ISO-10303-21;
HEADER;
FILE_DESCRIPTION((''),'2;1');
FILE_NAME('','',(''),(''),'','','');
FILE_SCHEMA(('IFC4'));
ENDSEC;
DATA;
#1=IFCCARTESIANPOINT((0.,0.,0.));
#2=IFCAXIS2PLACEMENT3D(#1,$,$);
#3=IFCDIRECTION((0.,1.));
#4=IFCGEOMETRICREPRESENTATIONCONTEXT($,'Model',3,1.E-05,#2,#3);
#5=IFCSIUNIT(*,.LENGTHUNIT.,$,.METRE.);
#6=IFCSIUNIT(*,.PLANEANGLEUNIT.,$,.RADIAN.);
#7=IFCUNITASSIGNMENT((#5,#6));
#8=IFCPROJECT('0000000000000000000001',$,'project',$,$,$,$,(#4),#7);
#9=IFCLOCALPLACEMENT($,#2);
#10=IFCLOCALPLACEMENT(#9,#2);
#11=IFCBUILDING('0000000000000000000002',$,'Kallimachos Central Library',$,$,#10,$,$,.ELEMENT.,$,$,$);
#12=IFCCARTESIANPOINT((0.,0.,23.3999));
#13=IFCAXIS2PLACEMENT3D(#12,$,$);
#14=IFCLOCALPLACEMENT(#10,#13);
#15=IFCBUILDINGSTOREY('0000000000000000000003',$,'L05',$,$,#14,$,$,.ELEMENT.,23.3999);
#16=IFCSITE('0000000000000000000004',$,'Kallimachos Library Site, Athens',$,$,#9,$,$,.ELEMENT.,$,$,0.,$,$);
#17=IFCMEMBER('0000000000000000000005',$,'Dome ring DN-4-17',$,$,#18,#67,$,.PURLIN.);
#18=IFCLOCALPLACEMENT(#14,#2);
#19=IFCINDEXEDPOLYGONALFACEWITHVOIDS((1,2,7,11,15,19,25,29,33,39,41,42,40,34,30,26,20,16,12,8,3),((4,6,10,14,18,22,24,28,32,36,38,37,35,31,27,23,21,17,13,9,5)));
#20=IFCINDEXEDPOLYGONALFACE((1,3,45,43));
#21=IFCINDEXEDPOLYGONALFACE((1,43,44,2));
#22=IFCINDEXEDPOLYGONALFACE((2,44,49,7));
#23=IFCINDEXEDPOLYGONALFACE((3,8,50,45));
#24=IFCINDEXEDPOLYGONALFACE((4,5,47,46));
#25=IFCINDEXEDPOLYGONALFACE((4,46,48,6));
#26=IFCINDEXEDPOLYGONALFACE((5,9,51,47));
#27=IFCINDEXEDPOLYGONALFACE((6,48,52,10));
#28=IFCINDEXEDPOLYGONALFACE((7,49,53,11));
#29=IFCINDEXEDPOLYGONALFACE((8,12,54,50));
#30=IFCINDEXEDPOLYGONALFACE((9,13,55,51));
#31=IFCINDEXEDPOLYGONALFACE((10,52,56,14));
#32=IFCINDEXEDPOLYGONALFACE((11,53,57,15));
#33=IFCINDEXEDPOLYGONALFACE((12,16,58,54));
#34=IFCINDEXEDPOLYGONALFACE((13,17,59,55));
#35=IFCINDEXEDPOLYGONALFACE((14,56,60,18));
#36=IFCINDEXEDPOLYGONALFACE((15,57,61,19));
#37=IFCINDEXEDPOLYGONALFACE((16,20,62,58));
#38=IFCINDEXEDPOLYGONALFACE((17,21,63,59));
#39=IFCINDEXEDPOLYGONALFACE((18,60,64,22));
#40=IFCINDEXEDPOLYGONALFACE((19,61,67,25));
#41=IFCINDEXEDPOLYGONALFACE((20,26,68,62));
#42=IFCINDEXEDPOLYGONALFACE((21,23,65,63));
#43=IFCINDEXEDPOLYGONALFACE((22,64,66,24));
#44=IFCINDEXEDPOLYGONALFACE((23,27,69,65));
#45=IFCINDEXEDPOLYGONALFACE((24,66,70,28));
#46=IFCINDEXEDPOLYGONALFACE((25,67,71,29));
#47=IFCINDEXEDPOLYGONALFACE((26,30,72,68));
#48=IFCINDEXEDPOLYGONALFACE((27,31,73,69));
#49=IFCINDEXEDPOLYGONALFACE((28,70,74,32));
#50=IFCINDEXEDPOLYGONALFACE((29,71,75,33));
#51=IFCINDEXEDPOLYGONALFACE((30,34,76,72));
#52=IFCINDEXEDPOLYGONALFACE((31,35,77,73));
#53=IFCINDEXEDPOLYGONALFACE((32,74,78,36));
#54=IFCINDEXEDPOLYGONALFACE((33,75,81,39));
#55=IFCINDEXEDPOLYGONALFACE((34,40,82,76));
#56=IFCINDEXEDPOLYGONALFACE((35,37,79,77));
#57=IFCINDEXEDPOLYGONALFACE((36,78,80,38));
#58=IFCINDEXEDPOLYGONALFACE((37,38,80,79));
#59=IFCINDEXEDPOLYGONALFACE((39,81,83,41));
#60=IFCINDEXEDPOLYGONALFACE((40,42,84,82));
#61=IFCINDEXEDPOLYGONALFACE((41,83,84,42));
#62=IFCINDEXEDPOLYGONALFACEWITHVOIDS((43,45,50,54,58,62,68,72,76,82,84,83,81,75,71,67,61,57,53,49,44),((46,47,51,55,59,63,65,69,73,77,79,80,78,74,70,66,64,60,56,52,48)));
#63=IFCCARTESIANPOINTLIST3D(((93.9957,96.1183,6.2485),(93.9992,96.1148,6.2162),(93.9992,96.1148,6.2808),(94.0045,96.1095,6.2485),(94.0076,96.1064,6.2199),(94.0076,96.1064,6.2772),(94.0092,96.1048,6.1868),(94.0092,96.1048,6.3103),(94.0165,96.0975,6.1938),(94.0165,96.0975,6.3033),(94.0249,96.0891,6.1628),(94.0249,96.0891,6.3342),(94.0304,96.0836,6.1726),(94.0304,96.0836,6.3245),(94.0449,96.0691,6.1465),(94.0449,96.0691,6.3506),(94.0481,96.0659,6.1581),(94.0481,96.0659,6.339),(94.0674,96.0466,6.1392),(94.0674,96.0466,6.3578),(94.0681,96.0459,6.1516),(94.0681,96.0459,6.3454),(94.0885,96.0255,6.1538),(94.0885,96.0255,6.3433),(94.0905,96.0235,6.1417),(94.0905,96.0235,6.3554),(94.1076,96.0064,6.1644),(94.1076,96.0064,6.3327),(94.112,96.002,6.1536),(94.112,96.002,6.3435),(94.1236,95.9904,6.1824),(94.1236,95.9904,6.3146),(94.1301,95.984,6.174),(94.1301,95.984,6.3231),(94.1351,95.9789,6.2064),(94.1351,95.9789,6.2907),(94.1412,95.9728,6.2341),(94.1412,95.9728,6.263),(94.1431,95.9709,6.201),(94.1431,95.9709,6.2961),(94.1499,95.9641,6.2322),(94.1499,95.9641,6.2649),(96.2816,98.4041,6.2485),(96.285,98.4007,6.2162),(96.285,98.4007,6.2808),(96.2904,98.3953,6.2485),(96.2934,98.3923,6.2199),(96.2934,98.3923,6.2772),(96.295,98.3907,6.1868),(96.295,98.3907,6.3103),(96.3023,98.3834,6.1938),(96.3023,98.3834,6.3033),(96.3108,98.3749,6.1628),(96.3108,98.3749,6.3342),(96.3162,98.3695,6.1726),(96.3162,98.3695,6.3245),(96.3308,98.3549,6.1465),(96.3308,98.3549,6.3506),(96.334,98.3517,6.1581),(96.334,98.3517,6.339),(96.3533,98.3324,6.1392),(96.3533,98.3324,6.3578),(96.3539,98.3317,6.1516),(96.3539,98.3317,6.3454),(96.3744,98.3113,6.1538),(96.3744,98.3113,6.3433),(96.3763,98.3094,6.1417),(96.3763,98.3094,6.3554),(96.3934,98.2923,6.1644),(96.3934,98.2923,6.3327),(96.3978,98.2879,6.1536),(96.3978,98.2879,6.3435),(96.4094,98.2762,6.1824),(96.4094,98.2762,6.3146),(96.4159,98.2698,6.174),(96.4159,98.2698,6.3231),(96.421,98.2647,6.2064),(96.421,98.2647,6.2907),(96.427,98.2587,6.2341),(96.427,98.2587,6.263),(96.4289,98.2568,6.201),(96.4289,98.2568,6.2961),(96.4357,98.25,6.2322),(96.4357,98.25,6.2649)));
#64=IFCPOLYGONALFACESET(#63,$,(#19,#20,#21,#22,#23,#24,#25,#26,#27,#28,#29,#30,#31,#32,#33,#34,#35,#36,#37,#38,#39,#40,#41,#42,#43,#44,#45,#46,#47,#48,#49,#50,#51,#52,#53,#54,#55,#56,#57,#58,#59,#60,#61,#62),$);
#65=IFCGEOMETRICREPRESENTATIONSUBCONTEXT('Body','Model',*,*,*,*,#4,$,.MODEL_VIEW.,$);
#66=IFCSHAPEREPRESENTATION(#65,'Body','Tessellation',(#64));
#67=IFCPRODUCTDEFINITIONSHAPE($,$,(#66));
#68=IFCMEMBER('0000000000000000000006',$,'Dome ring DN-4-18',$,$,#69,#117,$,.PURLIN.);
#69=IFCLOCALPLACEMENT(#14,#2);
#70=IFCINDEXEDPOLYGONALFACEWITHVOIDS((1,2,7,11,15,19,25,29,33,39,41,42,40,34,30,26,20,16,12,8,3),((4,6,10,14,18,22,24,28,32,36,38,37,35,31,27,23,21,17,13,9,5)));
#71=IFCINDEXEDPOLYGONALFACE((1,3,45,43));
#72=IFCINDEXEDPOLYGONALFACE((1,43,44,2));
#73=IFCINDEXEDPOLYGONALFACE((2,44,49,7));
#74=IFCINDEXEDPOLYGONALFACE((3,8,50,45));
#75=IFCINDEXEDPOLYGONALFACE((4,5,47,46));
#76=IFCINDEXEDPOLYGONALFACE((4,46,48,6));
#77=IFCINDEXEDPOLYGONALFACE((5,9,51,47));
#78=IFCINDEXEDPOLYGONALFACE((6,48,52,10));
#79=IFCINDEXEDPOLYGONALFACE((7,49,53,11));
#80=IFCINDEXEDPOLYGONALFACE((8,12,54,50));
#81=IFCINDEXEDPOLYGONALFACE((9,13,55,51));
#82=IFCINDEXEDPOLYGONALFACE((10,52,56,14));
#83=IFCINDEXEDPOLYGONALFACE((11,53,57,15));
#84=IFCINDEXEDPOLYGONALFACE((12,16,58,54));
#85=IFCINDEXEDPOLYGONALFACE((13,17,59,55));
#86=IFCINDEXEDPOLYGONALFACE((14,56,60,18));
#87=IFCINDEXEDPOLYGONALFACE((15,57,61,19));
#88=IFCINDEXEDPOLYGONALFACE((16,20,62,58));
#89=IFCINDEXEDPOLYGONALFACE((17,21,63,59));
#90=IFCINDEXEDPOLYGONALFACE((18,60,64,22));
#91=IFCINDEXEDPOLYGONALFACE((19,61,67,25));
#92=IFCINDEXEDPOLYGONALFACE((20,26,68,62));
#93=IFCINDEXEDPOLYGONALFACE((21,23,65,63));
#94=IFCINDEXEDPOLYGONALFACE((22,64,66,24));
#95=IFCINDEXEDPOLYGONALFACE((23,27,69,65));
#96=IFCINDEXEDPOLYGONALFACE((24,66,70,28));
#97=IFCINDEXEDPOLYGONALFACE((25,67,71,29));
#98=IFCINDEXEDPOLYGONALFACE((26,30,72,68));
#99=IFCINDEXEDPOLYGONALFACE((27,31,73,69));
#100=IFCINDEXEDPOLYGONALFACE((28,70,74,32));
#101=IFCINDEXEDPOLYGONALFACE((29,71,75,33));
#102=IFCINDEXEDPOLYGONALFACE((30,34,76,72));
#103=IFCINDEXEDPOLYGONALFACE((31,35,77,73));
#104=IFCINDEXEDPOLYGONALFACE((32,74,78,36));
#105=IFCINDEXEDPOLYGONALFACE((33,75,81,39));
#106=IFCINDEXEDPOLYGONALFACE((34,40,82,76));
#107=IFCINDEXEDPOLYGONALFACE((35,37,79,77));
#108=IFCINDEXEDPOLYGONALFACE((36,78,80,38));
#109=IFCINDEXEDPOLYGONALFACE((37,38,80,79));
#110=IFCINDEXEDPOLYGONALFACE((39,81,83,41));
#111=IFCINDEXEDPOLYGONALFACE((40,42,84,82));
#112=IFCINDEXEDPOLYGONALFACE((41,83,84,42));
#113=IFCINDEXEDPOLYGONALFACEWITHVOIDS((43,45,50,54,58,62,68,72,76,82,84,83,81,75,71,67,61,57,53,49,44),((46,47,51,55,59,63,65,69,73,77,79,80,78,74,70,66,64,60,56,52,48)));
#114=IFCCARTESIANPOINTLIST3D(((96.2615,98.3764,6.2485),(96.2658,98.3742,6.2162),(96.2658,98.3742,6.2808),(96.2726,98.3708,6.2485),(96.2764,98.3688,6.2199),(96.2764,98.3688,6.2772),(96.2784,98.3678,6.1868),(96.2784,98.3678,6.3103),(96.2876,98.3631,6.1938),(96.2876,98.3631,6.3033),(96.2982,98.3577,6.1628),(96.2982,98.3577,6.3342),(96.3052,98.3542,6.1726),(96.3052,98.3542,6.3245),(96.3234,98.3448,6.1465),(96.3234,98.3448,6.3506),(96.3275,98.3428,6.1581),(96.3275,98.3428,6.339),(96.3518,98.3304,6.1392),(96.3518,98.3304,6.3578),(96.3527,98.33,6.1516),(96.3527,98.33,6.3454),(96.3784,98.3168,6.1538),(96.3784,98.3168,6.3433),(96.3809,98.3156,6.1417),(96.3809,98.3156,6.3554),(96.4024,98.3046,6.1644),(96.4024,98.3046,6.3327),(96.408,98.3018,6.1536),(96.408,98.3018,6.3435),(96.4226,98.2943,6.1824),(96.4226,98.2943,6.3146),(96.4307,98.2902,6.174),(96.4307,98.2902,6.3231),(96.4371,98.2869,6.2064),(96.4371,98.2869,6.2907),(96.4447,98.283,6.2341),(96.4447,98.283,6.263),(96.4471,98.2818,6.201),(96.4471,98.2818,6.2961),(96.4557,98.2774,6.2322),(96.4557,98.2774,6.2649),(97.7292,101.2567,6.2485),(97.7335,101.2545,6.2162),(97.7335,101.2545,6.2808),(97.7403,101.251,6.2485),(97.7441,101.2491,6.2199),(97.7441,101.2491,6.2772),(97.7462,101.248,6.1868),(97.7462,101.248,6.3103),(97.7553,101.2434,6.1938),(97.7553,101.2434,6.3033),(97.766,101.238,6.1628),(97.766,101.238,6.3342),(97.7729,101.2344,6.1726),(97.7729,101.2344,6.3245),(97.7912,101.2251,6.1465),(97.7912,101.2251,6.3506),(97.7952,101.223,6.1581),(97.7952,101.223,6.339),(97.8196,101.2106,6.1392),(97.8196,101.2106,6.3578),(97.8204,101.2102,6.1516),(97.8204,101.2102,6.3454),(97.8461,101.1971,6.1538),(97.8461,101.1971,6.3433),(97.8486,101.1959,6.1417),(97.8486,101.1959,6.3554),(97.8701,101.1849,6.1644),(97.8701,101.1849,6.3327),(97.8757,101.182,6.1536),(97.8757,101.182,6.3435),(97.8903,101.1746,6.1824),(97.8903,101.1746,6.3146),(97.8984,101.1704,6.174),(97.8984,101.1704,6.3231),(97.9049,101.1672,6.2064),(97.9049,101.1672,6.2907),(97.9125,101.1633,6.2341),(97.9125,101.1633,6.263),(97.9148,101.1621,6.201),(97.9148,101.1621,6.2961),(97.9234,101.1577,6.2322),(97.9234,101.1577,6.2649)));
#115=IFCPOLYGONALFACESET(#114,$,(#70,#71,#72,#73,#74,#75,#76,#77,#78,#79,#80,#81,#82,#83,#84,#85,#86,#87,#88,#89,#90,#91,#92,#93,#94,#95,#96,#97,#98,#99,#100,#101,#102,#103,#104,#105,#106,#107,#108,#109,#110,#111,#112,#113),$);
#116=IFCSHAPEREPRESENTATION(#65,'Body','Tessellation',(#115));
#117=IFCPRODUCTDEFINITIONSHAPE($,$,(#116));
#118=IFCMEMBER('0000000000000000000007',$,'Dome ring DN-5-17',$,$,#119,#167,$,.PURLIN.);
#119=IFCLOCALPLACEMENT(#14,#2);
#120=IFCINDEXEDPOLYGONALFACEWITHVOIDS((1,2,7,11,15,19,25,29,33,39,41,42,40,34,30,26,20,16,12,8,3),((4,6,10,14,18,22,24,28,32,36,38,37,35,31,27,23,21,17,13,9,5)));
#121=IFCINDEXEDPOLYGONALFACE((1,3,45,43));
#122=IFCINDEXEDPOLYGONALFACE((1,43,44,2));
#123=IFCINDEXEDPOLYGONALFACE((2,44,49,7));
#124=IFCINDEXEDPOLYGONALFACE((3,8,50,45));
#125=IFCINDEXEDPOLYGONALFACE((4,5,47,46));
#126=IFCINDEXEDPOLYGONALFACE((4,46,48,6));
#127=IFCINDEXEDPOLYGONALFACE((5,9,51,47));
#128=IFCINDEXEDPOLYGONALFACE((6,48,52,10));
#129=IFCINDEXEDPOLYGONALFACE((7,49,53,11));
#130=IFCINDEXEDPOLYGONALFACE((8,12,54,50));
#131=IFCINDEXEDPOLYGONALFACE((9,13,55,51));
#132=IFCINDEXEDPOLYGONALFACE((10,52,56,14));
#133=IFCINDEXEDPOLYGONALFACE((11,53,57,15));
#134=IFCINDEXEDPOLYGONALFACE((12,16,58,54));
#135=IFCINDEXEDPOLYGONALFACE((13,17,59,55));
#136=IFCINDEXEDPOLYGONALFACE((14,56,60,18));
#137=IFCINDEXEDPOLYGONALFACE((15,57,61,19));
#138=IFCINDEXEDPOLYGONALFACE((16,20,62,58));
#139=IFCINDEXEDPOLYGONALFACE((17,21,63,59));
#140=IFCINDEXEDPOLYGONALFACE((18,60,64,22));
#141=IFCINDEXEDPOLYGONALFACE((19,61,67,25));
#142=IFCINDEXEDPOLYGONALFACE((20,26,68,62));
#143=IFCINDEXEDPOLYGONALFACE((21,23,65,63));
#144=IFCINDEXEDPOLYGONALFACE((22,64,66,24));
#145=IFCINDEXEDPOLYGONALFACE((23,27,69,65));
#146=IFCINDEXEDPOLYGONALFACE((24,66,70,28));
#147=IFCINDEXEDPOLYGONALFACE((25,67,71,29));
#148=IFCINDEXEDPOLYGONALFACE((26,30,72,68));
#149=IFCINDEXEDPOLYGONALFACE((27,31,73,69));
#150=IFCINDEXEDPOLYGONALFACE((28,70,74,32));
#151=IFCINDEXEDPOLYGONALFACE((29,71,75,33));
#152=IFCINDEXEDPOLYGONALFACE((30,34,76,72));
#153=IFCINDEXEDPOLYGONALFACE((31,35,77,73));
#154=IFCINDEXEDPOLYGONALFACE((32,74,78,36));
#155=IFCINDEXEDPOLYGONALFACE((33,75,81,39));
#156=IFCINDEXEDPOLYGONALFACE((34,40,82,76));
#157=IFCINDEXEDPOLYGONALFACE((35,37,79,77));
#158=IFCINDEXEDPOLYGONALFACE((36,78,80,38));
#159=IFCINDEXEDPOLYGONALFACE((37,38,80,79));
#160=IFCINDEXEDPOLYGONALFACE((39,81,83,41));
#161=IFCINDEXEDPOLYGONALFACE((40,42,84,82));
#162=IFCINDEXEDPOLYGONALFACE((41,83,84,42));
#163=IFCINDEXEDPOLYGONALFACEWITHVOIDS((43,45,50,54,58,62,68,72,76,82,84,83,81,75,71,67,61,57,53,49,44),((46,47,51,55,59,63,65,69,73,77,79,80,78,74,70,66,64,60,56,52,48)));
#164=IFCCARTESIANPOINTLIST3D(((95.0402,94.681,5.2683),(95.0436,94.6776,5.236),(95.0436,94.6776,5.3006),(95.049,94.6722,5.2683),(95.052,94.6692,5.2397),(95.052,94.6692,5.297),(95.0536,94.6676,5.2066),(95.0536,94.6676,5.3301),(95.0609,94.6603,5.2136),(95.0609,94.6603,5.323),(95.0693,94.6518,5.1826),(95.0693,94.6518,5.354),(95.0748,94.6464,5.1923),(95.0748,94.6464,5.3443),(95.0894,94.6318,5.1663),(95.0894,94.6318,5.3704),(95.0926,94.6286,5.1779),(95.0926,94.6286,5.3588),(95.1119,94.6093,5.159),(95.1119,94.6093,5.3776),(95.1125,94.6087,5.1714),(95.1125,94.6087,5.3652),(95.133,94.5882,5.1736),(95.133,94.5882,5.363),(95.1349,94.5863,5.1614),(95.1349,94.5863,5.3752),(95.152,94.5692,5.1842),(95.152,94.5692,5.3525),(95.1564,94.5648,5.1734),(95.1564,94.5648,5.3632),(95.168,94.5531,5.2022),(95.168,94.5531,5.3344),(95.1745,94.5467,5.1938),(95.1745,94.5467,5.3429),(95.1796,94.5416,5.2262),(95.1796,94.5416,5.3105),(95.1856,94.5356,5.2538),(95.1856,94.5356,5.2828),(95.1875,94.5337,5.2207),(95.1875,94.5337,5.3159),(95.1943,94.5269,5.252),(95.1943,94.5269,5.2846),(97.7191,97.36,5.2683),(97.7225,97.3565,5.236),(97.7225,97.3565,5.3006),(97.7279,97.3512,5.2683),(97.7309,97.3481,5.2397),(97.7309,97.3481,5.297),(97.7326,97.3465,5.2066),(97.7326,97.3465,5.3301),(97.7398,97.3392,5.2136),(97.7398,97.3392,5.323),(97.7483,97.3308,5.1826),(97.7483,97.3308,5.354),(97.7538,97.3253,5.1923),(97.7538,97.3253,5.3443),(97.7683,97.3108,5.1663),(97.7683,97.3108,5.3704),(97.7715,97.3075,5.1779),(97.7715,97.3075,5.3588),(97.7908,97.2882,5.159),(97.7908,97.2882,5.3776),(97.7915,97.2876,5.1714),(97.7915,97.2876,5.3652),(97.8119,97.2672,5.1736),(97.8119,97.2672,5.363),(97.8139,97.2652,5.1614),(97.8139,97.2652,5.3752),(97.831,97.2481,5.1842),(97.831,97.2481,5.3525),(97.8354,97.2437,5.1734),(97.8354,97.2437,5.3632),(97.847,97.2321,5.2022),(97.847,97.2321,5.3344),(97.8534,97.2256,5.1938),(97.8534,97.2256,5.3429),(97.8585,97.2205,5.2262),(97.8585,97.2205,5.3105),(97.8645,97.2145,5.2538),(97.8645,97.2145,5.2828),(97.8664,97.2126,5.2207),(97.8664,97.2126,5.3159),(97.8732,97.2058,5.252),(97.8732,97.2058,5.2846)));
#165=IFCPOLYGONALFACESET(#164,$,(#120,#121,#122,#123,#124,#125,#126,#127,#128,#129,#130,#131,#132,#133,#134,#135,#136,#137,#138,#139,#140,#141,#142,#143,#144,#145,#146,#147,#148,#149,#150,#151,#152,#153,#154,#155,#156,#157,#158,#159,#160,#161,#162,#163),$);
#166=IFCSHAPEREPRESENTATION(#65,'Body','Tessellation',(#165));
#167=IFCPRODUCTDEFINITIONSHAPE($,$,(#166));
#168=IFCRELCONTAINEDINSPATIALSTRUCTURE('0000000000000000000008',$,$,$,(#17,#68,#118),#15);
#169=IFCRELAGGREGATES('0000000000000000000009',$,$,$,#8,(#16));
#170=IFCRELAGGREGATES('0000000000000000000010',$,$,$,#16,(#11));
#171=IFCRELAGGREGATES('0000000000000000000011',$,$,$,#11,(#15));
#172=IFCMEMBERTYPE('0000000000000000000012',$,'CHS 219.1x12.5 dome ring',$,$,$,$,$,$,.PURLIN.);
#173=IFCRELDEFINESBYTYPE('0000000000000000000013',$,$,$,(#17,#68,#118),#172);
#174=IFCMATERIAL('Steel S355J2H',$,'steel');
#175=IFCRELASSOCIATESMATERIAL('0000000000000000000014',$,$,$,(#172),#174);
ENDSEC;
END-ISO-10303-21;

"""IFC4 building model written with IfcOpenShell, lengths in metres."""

from ifc_helpers import new_model, si_unit, direction, frame, origin, origin_2d, place, context, subcontext, project, spatial, hollow_circle, extrude, material, material_profile, profile_set, type_object, element, save


model = new_model("IFC4")

# Units and contexts
model_context = context("Model", 3, precision=1e-05, world=origin(), true_north=direction((0.0, 1.0)))
body_context = subcontext(model_context, "Body", "Model", "MODEL_VIEW")
ifc_project = project(units=[si_unit("LENGTHUNIT", "METRE"), si_unit("PLANEANGLEUNIT", "RADIAN")], contexts=[model_context])

# Site, building, storey
site_placement = place(None, origin())
site = spatial("IfcSite", under=ifc_project, at=site_placement, Name="Kallimachos Library Site, Athens", CompositionType="ELEMENT", RefElevation=0.0)
building_placement = place(site_placement, origin())
building = spatial("IfcBuilding", under=site, at=building_placement, Name="Kallimachos Central Library", CompositionType="ELEMENT")
storey_placement = place(building_placement, frame((0.0, 0.0, 23.3999)))
storey = spatial("IfcBuildingStorey", under=building, at=storey_placement, Name="L05", CompositionType="ELEMENT", Elevation=23.3999)

# Members
ifc_material_1 = material(Name="Steel S355J2H", Category="steel")
ifc_material_profile_1 = material_profile(ifc_material_1, hollow_circle(Radius=0.1096, WallThickness=0.0125, at=origin_2d()), Name="CHS 219.1x12.5")
ifc_profile_set_1 = profile_set([ifc_material_profile_1], Name="Steel S355J2H")
member_type_1 = type_object("IfcMemberType", Name="CHS 219.1x12.5 dome ring", PredefinedType="PURLIN", material=ifc_profile_set_1)
for number, where, z_axis, x_axis, name in (
    (1, (94.0732, 96.0408, 6.2485), (0.707107, 0.707107, 0.0), (-0.707107, 0.707107, 0.0), "Dome ring DN-4-17"),
    (2, (96.3591, 98.3267, 6.2485), (0.454028, 0.890988, 0.0), (-0.890988, 0.454028, 0.0), "Dome ring DN-4-18"),
):
    element("IfcMember", number, at=place(storey_placement, frame(where, z_axis=z_axis, x_axis=x_axis)), inside=storey, type_object=member_type_1, Name=name, PredefinedType="PURLIN", context=body_context, shape_type="SweptSolid", body=[
        extrude(hollow_circle(Radius=0.1096, WallThickness=0.0125, at=origin_2d()), origin(), (0.0, 0.0, 1.0), 3.2327),
    ])
member_1_placement = place(storey_placement, frame((95.1177, 94.6035, 5.2683), z_axis=(0.707107, 0.707107, 0.0), x_axis=(-0.707107, 0.707107, 0.0)))
element("IfcMember", 3, at=member_1_placement, inside=storey, type_object=member_type_1, Name="Dome ring DN-5-17", PredefinedType="PURLIN", context=body_context, shape_type="SweptSolid", body=[
    extrude(hollow_circle(Radius=0.1096, WallThickness=0.0125, at=origin_2d()), origin(), (0.0, 0.0, 1.0), 3.7886),
])

save(model, "model.ifc")
